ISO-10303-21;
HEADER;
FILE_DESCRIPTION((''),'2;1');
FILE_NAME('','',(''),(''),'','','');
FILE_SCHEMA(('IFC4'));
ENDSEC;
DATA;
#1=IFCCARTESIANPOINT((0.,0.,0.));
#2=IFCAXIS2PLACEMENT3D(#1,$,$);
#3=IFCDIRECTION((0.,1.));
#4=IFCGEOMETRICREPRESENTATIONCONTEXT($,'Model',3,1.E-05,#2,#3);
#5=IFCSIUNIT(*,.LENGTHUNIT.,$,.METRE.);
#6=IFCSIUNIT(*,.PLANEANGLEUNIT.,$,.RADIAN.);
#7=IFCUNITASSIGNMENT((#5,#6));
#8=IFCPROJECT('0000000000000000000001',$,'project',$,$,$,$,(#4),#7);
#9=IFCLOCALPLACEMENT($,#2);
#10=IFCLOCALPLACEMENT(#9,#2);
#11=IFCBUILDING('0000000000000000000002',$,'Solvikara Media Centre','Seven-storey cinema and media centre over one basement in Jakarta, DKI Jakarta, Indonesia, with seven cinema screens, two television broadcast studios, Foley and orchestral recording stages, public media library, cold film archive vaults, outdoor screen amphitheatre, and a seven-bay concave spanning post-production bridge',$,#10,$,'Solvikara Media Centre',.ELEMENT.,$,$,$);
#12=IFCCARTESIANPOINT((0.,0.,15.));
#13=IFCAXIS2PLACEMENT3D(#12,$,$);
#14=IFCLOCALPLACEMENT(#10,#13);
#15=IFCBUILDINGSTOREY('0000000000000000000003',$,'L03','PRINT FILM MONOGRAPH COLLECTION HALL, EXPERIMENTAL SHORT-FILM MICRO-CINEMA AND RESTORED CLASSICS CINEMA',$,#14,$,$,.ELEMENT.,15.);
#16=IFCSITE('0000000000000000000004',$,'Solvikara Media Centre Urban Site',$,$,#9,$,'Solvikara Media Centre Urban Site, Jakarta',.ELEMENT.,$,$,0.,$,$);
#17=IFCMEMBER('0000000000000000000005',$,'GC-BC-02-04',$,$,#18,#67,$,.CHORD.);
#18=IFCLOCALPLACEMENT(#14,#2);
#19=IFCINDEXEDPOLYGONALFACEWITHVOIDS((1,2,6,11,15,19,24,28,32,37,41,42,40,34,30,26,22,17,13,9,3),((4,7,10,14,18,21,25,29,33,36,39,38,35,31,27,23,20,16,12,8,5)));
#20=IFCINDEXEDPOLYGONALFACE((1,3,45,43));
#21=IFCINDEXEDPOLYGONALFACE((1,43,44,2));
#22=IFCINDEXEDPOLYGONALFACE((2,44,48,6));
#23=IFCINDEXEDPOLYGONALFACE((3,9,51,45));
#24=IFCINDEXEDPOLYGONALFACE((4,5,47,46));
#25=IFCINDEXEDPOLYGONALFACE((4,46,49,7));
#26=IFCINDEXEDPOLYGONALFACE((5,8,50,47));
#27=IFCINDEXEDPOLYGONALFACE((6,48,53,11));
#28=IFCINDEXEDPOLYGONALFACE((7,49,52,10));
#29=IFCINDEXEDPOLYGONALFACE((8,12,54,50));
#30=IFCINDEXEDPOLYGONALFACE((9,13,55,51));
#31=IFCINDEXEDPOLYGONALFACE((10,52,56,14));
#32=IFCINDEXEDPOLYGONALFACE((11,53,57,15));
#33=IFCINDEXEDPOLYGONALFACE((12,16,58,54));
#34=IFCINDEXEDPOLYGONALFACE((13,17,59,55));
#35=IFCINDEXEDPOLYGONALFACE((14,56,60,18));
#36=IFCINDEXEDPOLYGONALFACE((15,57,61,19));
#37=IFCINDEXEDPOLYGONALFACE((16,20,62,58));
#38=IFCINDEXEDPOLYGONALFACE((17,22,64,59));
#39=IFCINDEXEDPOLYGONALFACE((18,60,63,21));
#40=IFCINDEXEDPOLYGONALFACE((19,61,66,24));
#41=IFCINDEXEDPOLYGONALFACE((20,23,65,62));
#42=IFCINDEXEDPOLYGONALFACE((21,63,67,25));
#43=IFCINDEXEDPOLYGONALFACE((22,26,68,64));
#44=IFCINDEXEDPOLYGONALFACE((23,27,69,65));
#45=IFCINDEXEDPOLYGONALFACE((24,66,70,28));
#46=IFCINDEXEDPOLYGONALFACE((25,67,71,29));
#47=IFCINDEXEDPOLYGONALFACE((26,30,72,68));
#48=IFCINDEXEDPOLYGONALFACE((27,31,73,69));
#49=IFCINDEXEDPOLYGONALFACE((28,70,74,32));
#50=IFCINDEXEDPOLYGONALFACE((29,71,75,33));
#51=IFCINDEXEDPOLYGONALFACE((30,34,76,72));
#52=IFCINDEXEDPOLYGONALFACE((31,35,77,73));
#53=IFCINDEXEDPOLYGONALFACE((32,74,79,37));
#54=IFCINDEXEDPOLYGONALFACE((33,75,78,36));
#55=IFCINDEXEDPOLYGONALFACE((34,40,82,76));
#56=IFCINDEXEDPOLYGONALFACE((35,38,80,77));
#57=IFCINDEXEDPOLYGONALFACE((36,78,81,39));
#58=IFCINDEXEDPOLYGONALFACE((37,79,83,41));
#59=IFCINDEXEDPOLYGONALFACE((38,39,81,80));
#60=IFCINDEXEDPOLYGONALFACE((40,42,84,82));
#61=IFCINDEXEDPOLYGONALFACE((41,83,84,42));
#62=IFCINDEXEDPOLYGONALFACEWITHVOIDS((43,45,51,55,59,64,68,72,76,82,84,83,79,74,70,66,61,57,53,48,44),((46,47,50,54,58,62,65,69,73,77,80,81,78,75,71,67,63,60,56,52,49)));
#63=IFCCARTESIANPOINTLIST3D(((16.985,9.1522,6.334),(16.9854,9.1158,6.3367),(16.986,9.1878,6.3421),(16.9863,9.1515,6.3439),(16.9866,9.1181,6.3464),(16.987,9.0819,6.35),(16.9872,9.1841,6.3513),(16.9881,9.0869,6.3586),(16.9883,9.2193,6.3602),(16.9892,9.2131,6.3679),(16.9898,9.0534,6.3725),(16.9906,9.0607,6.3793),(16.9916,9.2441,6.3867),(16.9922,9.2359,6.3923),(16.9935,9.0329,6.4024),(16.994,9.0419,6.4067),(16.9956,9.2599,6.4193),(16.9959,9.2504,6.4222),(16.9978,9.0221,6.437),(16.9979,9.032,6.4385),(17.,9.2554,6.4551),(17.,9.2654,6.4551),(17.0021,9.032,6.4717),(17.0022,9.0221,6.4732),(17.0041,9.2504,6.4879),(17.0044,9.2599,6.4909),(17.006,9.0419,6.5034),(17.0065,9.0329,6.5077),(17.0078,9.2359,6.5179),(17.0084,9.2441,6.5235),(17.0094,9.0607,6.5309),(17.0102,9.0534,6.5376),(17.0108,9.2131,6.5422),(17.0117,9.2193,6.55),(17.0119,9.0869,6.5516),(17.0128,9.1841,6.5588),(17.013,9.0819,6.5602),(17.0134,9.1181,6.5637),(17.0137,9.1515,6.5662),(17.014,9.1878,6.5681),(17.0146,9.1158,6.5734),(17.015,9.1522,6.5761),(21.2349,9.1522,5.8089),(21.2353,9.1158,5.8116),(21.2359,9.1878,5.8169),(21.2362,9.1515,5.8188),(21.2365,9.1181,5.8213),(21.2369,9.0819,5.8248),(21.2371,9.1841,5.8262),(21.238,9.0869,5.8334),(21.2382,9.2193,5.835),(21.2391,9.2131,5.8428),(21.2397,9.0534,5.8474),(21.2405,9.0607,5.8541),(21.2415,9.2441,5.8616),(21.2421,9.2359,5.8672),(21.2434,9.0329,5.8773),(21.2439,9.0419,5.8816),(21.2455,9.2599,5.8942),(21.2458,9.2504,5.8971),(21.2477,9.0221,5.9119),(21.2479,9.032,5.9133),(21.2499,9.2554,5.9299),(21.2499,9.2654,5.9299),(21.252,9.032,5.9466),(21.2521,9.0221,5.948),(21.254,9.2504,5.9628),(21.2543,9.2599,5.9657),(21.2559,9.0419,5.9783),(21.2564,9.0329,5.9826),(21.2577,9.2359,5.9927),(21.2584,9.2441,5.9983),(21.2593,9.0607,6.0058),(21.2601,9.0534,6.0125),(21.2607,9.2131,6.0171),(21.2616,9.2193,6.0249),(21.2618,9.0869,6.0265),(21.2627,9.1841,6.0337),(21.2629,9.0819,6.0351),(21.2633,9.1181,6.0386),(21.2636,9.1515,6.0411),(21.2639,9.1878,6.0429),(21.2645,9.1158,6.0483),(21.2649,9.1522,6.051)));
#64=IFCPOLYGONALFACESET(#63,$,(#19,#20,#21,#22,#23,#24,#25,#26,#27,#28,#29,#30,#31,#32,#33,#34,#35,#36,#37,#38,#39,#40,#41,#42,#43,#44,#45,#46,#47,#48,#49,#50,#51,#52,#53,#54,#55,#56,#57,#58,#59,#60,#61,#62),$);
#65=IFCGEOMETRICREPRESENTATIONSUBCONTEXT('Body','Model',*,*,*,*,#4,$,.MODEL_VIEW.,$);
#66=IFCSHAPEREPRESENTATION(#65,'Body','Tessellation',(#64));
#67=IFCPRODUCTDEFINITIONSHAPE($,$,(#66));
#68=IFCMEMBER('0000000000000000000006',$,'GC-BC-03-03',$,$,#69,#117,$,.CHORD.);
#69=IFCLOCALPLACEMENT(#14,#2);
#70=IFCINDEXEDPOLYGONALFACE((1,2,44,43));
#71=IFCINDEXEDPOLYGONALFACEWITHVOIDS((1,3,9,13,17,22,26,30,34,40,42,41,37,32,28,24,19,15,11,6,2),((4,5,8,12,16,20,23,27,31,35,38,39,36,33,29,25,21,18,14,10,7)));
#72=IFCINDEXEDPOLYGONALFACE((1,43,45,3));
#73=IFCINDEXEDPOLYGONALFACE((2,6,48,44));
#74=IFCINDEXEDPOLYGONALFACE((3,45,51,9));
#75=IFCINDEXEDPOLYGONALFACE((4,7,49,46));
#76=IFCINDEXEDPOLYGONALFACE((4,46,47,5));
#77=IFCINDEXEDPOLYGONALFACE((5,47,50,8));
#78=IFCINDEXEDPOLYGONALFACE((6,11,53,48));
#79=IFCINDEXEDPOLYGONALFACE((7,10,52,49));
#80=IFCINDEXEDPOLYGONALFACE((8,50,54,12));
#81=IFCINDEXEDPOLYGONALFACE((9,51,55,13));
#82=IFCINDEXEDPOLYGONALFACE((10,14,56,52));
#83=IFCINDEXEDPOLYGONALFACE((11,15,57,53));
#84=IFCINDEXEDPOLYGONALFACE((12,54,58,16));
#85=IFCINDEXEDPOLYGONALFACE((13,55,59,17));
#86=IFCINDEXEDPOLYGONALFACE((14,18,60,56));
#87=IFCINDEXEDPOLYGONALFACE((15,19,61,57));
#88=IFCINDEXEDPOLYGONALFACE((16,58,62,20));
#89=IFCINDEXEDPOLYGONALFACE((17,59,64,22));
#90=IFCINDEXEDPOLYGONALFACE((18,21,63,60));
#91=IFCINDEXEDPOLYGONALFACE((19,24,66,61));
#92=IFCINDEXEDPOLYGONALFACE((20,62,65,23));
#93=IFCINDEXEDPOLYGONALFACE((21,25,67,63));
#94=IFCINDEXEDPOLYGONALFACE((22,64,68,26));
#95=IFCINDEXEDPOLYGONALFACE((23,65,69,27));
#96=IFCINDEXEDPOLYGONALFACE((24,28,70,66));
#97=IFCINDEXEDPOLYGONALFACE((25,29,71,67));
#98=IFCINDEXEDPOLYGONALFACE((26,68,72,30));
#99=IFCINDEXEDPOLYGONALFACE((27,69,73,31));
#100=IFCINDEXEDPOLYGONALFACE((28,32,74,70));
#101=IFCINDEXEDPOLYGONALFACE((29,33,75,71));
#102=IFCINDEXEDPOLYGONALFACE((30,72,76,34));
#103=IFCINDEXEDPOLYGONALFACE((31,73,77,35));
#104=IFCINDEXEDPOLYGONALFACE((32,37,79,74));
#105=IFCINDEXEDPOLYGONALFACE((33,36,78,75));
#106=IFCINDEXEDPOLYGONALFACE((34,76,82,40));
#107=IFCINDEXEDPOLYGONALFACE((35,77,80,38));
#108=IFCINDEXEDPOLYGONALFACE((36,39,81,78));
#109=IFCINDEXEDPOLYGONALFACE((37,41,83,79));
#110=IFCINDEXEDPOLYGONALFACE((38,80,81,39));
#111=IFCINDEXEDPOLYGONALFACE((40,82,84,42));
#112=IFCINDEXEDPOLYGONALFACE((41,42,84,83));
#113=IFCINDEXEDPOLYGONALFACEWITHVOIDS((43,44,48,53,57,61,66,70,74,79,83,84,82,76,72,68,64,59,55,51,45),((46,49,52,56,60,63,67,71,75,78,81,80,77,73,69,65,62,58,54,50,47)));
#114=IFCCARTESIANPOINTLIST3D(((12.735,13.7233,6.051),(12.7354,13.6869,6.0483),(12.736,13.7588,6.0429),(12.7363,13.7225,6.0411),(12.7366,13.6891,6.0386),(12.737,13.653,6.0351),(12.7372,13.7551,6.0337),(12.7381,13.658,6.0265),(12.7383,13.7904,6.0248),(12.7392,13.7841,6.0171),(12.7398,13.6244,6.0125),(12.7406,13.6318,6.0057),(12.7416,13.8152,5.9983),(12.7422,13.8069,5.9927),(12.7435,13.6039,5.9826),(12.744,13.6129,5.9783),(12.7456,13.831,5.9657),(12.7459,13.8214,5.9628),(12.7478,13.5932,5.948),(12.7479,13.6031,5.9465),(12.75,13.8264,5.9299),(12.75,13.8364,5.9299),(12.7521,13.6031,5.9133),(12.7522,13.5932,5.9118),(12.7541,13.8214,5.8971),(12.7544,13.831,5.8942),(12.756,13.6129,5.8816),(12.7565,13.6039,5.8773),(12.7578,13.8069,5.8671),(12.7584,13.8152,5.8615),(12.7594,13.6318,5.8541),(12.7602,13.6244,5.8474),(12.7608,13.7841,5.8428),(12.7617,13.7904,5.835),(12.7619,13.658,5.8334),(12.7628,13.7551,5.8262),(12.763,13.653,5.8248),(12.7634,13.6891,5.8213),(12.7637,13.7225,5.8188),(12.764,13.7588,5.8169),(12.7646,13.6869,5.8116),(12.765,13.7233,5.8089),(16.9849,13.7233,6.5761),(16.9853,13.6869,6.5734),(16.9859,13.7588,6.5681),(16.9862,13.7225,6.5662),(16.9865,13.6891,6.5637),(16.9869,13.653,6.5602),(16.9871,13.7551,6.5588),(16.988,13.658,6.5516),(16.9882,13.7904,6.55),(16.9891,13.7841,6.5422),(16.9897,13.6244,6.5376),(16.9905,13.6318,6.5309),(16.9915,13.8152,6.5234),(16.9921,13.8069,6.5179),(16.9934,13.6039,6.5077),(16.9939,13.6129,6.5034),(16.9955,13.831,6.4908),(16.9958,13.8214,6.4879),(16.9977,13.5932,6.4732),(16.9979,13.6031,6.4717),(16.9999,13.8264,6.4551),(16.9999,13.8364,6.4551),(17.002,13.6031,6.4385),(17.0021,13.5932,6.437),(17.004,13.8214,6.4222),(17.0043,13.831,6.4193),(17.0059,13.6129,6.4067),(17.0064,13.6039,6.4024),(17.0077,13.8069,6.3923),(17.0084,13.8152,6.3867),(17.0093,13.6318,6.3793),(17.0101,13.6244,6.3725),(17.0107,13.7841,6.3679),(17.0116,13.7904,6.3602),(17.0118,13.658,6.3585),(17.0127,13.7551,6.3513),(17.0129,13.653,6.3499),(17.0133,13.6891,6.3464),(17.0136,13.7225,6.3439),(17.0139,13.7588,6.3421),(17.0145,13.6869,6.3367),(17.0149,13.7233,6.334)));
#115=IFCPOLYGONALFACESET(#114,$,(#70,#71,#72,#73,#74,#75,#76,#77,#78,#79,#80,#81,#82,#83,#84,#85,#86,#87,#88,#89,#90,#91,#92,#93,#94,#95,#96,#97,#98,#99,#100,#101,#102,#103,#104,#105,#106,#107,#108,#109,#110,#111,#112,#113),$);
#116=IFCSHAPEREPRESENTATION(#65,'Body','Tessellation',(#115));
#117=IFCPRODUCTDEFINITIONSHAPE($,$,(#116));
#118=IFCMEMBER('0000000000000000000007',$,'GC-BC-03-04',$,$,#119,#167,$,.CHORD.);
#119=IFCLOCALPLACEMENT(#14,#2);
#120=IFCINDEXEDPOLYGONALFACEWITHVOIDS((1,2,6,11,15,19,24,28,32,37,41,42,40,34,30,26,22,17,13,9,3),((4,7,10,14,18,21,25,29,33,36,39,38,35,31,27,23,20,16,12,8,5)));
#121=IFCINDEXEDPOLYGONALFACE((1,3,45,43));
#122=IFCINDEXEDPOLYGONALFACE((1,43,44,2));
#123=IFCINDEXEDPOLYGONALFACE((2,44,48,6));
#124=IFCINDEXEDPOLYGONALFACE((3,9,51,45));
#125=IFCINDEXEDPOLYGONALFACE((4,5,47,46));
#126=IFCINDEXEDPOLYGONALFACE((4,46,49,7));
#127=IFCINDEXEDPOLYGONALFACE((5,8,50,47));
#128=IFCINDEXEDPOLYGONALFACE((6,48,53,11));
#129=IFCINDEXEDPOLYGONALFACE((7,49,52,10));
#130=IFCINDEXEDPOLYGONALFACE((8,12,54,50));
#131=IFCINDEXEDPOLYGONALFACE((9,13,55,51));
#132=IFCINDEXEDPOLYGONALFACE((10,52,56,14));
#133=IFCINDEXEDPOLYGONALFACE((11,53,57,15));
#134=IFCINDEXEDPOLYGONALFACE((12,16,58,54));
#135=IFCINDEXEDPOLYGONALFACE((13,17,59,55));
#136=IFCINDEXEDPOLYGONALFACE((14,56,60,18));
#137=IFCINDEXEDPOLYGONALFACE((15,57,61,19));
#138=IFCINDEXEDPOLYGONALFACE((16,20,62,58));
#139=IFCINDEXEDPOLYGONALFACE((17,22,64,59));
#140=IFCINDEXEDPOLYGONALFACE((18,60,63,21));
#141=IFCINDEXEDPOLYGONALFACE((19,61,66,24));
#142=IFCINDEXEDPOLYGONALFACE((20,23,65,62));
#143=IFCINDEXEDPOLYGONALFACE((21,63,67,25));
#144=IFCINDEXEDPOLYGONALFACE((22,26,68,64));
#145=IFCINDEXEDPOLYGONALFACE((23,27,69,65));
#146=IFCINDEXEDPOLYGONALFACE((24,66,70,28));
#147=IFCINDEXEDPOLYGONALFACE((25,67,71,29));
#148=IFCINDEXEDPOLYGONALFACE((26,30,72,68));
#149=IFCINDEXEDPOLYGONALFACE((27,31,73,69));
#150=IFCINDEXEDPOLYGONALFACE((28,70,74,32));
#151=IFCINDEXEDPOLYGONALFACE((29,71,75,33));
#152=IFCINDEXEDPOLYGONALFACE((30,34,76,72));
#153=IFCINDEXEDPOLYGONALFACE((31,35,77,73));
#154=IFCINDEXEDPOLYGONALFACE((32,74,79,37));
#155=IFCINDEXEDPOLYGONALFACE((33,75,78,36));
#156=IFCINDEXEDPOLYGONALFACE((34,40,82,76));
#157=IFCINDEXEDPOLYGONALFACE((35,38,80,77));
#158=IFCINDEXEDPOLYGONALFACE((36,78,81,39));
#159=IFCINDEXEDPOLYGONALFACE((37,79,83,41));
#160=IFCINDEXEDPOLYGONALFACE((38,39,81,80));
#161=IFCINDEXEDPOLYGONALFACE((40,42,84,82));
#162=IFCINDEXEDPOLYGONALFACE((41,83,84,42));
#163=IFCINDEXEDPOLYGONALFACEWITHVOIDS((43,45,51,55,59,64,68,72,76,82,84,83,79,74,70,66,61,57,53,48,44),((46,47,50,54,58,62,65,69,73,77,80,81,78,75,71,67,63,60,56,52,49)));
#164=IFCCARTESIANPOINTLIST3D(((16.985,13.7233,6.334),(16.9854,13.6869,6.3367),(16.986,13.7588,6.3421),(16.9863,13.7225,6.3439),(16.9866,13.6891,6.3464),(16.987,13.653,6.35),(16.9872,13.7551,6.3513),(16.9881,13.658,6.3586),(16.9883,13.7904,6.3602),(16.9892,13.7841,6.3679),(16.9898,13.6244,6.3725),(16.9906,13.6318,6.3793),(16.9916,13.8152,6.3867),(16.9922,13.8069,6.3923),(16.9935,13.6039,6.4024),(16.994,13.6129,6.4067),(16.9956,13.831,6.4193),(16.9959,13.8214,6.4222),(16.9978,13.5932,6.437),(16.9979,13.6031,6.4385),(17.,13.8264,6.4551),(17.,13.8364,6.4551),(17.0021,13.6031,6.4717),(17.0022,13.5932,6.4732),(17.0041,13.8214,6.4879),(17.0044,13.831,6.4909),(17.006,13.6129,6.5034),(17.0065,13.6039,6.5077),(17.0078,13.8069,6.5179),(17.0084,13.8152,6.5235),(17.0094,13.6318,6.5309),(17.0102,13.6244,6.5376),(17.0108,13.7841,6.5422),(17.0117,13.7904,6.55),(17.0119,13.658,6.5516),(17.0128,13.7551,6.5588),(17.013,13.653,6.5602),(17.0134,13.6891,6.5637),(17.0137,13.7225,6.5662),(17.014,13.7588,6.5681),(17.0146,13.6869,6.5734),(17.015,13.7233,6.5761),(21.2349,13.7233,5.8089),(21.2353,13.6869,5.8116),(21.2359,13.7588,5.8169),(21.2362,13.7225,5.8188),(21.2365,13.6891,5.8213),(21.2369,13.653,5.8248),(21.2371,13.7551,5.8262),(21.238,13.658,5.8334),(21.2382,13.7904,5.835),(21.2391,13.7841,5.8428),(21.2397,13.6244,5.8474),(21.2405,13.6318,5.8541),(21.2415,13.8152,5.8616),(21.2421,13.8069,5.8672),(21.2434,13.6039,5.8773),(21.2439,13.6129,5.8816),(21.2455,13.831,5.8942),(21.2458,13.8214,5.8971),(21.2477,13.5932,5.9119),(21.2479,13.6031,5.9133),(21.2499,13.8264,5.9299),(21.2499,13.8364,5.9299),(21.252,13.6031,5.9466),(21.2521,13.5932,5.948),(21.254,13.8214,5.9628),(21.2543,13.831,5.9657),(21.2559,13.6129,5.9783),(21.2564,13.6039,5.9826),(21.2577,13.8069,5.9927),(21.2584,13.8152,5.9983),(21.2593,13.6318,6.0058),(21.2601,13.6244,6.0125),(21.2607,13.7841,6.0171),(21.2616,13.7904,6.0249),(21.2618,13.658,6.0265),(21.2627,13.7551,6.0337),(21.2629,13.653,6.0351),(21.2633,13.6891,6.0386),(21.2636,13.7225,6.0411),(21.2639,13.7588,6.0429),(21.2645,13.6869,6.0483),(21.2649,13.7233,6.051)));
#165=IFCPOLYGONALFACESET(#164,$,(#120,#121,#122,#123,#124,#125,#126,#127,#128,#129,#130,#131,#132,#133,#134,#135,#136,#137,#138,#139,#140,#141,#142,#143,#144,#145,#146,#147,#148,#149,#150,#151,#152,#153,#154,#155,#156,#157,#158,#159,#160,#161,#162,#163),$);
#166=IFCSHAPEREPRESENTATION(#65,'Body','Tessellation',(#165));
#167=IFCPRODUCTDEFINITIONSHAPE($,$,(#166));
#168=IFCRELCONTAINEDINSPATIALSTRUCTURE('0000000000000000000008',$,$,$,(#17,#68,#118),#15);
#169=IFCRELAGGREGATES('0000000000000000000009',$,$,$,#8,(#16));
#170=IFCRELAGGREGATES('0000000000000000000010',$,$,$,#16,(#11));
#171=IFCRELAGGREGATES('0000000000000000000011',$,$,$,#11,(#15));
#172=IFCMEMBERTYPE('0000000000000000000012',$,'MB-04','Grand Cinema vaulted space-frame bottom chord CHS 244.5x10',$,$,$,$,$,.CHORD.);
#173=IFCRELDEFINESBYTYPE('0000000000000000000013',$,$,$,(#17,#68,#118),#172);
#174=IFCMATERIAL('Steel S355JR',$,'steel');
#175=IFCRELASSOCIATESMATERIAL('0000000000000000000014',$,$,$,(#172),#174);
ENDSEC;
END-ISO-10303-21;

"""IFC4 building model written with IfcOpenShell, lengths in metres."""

from ifc_helpers import new_model, si_unit, direction, frame, origin, origin_2d, place, context, subcontext, project, spatial, hollow_circle, extrude, material, material_profile, profile_set, type_object, element, save


model = new_model("IFC4")

# Units and contexts
model_context = context("Model", 3, precision=1e-05, world=origin(), true_north=direction((0.0, 1.0)))
body_context = subcontext(model_context, "Body", "Model", "MODEL_VIEW")
ifc_project = project(units=[si_unit("LENGTHUNIT", "METRE"), si_unit("PLANEANGLEUNIT", "RADIAN")], contexts=[model_context])

# Site, building, storey
site_placement = place(None, origin())
site = spatial("IfcSite", under=ifc_project, at=site_placement, Name="Solvikara Media Centre Urban Site", LongName="Solvikara Media Centre Urban Site, Jakarta", CompositionType="ELEMENT", RefElevation=0.0)
building_placement = place(site_placement, origin())
building = spatial("IfcBuilding", under=site, at=building_placement, Name="Solvikara Media Centre", Description="Seven-storey cinema and media centre over one basement in Jakarta, DKI Jakarta, Indonesia, with seven cinema screens, two television broadcast studios, Foley and orchestral recording stages, public media library, cold film archive vaults, outdoor screen amphitheatre, and a seven-bay concave spanning post-production bridge", LongName="Solvikara Media Centre", CompositionType="ELEMENT")
storey_placement = place(building_placement, frame((0.0, 0.0, 15.0)))
storey = spatial("IfcBuildingStorey", under=building, at=storey_placement, Name="L03", Description="PRINT FILM MONOGRAPH COLLECTION HALL, EXPERIMENTAL SHORT-FILM MICRO-CINEMA AND RESTORED CLASSICS CINEMA", CompositionType="ELEMENT", Elevation=15.0)

# Members
ifc_material = material(Name="Steel S355JR", Category="steel")
ifc_material_profile_1 = material_profile(ifc_material, hollow_circle(Radius=0.1223, WallThickness=0.01, at=origin_2d()), Name="CHS 244.5x10")
ifc_profile_set_1 = profile_set([ifc_material_profile_1], Name="Steel S355JR")
member_type_1 = type_object("IfcMemberType", Name="MB-04", Description="Grand Cinema vaulted space-frame bottom chord CHS 244.5x10", PredefinedType="CHORD", material=ifc_profile_set_1)
for number, where, z_axis, x_axis, name in (
    (1, (17.0, 9.1431, 6.4551), (0.992452, 0.0, -0.122631), (0.0, 1.0, 0.0), "GC-BC-02-04"),
    (2, (12.75, 13.7141, 5.9299), (0.992452, 0.0, 0.122631), (0.0, 1.0, 0.0), "GC-BC-03-03"),
    (3, (17.0, 13.7141, 6.4551), (0.992452, 0.0, -0.122631), (0.0, 1.0, 0.0), "GC-BC-03-04"),
):
    element("IfcMember", number, at=place(storey_placement, frame(where, z_axis=z_axis, x_axis=x_axis)), inside=storey, type_object=member_type_1, Name=name, PredefinedType="CHORD", context=body_context, shape_type="SweptSolid", body=[
        extrude(hollow_circle(Radius=0.1223, WallThickness=0.01, at=origin_2d()), origin(), (0.0, 0.0, 1.0), 4.2822),
    ])

save(model, "model.ifc")
